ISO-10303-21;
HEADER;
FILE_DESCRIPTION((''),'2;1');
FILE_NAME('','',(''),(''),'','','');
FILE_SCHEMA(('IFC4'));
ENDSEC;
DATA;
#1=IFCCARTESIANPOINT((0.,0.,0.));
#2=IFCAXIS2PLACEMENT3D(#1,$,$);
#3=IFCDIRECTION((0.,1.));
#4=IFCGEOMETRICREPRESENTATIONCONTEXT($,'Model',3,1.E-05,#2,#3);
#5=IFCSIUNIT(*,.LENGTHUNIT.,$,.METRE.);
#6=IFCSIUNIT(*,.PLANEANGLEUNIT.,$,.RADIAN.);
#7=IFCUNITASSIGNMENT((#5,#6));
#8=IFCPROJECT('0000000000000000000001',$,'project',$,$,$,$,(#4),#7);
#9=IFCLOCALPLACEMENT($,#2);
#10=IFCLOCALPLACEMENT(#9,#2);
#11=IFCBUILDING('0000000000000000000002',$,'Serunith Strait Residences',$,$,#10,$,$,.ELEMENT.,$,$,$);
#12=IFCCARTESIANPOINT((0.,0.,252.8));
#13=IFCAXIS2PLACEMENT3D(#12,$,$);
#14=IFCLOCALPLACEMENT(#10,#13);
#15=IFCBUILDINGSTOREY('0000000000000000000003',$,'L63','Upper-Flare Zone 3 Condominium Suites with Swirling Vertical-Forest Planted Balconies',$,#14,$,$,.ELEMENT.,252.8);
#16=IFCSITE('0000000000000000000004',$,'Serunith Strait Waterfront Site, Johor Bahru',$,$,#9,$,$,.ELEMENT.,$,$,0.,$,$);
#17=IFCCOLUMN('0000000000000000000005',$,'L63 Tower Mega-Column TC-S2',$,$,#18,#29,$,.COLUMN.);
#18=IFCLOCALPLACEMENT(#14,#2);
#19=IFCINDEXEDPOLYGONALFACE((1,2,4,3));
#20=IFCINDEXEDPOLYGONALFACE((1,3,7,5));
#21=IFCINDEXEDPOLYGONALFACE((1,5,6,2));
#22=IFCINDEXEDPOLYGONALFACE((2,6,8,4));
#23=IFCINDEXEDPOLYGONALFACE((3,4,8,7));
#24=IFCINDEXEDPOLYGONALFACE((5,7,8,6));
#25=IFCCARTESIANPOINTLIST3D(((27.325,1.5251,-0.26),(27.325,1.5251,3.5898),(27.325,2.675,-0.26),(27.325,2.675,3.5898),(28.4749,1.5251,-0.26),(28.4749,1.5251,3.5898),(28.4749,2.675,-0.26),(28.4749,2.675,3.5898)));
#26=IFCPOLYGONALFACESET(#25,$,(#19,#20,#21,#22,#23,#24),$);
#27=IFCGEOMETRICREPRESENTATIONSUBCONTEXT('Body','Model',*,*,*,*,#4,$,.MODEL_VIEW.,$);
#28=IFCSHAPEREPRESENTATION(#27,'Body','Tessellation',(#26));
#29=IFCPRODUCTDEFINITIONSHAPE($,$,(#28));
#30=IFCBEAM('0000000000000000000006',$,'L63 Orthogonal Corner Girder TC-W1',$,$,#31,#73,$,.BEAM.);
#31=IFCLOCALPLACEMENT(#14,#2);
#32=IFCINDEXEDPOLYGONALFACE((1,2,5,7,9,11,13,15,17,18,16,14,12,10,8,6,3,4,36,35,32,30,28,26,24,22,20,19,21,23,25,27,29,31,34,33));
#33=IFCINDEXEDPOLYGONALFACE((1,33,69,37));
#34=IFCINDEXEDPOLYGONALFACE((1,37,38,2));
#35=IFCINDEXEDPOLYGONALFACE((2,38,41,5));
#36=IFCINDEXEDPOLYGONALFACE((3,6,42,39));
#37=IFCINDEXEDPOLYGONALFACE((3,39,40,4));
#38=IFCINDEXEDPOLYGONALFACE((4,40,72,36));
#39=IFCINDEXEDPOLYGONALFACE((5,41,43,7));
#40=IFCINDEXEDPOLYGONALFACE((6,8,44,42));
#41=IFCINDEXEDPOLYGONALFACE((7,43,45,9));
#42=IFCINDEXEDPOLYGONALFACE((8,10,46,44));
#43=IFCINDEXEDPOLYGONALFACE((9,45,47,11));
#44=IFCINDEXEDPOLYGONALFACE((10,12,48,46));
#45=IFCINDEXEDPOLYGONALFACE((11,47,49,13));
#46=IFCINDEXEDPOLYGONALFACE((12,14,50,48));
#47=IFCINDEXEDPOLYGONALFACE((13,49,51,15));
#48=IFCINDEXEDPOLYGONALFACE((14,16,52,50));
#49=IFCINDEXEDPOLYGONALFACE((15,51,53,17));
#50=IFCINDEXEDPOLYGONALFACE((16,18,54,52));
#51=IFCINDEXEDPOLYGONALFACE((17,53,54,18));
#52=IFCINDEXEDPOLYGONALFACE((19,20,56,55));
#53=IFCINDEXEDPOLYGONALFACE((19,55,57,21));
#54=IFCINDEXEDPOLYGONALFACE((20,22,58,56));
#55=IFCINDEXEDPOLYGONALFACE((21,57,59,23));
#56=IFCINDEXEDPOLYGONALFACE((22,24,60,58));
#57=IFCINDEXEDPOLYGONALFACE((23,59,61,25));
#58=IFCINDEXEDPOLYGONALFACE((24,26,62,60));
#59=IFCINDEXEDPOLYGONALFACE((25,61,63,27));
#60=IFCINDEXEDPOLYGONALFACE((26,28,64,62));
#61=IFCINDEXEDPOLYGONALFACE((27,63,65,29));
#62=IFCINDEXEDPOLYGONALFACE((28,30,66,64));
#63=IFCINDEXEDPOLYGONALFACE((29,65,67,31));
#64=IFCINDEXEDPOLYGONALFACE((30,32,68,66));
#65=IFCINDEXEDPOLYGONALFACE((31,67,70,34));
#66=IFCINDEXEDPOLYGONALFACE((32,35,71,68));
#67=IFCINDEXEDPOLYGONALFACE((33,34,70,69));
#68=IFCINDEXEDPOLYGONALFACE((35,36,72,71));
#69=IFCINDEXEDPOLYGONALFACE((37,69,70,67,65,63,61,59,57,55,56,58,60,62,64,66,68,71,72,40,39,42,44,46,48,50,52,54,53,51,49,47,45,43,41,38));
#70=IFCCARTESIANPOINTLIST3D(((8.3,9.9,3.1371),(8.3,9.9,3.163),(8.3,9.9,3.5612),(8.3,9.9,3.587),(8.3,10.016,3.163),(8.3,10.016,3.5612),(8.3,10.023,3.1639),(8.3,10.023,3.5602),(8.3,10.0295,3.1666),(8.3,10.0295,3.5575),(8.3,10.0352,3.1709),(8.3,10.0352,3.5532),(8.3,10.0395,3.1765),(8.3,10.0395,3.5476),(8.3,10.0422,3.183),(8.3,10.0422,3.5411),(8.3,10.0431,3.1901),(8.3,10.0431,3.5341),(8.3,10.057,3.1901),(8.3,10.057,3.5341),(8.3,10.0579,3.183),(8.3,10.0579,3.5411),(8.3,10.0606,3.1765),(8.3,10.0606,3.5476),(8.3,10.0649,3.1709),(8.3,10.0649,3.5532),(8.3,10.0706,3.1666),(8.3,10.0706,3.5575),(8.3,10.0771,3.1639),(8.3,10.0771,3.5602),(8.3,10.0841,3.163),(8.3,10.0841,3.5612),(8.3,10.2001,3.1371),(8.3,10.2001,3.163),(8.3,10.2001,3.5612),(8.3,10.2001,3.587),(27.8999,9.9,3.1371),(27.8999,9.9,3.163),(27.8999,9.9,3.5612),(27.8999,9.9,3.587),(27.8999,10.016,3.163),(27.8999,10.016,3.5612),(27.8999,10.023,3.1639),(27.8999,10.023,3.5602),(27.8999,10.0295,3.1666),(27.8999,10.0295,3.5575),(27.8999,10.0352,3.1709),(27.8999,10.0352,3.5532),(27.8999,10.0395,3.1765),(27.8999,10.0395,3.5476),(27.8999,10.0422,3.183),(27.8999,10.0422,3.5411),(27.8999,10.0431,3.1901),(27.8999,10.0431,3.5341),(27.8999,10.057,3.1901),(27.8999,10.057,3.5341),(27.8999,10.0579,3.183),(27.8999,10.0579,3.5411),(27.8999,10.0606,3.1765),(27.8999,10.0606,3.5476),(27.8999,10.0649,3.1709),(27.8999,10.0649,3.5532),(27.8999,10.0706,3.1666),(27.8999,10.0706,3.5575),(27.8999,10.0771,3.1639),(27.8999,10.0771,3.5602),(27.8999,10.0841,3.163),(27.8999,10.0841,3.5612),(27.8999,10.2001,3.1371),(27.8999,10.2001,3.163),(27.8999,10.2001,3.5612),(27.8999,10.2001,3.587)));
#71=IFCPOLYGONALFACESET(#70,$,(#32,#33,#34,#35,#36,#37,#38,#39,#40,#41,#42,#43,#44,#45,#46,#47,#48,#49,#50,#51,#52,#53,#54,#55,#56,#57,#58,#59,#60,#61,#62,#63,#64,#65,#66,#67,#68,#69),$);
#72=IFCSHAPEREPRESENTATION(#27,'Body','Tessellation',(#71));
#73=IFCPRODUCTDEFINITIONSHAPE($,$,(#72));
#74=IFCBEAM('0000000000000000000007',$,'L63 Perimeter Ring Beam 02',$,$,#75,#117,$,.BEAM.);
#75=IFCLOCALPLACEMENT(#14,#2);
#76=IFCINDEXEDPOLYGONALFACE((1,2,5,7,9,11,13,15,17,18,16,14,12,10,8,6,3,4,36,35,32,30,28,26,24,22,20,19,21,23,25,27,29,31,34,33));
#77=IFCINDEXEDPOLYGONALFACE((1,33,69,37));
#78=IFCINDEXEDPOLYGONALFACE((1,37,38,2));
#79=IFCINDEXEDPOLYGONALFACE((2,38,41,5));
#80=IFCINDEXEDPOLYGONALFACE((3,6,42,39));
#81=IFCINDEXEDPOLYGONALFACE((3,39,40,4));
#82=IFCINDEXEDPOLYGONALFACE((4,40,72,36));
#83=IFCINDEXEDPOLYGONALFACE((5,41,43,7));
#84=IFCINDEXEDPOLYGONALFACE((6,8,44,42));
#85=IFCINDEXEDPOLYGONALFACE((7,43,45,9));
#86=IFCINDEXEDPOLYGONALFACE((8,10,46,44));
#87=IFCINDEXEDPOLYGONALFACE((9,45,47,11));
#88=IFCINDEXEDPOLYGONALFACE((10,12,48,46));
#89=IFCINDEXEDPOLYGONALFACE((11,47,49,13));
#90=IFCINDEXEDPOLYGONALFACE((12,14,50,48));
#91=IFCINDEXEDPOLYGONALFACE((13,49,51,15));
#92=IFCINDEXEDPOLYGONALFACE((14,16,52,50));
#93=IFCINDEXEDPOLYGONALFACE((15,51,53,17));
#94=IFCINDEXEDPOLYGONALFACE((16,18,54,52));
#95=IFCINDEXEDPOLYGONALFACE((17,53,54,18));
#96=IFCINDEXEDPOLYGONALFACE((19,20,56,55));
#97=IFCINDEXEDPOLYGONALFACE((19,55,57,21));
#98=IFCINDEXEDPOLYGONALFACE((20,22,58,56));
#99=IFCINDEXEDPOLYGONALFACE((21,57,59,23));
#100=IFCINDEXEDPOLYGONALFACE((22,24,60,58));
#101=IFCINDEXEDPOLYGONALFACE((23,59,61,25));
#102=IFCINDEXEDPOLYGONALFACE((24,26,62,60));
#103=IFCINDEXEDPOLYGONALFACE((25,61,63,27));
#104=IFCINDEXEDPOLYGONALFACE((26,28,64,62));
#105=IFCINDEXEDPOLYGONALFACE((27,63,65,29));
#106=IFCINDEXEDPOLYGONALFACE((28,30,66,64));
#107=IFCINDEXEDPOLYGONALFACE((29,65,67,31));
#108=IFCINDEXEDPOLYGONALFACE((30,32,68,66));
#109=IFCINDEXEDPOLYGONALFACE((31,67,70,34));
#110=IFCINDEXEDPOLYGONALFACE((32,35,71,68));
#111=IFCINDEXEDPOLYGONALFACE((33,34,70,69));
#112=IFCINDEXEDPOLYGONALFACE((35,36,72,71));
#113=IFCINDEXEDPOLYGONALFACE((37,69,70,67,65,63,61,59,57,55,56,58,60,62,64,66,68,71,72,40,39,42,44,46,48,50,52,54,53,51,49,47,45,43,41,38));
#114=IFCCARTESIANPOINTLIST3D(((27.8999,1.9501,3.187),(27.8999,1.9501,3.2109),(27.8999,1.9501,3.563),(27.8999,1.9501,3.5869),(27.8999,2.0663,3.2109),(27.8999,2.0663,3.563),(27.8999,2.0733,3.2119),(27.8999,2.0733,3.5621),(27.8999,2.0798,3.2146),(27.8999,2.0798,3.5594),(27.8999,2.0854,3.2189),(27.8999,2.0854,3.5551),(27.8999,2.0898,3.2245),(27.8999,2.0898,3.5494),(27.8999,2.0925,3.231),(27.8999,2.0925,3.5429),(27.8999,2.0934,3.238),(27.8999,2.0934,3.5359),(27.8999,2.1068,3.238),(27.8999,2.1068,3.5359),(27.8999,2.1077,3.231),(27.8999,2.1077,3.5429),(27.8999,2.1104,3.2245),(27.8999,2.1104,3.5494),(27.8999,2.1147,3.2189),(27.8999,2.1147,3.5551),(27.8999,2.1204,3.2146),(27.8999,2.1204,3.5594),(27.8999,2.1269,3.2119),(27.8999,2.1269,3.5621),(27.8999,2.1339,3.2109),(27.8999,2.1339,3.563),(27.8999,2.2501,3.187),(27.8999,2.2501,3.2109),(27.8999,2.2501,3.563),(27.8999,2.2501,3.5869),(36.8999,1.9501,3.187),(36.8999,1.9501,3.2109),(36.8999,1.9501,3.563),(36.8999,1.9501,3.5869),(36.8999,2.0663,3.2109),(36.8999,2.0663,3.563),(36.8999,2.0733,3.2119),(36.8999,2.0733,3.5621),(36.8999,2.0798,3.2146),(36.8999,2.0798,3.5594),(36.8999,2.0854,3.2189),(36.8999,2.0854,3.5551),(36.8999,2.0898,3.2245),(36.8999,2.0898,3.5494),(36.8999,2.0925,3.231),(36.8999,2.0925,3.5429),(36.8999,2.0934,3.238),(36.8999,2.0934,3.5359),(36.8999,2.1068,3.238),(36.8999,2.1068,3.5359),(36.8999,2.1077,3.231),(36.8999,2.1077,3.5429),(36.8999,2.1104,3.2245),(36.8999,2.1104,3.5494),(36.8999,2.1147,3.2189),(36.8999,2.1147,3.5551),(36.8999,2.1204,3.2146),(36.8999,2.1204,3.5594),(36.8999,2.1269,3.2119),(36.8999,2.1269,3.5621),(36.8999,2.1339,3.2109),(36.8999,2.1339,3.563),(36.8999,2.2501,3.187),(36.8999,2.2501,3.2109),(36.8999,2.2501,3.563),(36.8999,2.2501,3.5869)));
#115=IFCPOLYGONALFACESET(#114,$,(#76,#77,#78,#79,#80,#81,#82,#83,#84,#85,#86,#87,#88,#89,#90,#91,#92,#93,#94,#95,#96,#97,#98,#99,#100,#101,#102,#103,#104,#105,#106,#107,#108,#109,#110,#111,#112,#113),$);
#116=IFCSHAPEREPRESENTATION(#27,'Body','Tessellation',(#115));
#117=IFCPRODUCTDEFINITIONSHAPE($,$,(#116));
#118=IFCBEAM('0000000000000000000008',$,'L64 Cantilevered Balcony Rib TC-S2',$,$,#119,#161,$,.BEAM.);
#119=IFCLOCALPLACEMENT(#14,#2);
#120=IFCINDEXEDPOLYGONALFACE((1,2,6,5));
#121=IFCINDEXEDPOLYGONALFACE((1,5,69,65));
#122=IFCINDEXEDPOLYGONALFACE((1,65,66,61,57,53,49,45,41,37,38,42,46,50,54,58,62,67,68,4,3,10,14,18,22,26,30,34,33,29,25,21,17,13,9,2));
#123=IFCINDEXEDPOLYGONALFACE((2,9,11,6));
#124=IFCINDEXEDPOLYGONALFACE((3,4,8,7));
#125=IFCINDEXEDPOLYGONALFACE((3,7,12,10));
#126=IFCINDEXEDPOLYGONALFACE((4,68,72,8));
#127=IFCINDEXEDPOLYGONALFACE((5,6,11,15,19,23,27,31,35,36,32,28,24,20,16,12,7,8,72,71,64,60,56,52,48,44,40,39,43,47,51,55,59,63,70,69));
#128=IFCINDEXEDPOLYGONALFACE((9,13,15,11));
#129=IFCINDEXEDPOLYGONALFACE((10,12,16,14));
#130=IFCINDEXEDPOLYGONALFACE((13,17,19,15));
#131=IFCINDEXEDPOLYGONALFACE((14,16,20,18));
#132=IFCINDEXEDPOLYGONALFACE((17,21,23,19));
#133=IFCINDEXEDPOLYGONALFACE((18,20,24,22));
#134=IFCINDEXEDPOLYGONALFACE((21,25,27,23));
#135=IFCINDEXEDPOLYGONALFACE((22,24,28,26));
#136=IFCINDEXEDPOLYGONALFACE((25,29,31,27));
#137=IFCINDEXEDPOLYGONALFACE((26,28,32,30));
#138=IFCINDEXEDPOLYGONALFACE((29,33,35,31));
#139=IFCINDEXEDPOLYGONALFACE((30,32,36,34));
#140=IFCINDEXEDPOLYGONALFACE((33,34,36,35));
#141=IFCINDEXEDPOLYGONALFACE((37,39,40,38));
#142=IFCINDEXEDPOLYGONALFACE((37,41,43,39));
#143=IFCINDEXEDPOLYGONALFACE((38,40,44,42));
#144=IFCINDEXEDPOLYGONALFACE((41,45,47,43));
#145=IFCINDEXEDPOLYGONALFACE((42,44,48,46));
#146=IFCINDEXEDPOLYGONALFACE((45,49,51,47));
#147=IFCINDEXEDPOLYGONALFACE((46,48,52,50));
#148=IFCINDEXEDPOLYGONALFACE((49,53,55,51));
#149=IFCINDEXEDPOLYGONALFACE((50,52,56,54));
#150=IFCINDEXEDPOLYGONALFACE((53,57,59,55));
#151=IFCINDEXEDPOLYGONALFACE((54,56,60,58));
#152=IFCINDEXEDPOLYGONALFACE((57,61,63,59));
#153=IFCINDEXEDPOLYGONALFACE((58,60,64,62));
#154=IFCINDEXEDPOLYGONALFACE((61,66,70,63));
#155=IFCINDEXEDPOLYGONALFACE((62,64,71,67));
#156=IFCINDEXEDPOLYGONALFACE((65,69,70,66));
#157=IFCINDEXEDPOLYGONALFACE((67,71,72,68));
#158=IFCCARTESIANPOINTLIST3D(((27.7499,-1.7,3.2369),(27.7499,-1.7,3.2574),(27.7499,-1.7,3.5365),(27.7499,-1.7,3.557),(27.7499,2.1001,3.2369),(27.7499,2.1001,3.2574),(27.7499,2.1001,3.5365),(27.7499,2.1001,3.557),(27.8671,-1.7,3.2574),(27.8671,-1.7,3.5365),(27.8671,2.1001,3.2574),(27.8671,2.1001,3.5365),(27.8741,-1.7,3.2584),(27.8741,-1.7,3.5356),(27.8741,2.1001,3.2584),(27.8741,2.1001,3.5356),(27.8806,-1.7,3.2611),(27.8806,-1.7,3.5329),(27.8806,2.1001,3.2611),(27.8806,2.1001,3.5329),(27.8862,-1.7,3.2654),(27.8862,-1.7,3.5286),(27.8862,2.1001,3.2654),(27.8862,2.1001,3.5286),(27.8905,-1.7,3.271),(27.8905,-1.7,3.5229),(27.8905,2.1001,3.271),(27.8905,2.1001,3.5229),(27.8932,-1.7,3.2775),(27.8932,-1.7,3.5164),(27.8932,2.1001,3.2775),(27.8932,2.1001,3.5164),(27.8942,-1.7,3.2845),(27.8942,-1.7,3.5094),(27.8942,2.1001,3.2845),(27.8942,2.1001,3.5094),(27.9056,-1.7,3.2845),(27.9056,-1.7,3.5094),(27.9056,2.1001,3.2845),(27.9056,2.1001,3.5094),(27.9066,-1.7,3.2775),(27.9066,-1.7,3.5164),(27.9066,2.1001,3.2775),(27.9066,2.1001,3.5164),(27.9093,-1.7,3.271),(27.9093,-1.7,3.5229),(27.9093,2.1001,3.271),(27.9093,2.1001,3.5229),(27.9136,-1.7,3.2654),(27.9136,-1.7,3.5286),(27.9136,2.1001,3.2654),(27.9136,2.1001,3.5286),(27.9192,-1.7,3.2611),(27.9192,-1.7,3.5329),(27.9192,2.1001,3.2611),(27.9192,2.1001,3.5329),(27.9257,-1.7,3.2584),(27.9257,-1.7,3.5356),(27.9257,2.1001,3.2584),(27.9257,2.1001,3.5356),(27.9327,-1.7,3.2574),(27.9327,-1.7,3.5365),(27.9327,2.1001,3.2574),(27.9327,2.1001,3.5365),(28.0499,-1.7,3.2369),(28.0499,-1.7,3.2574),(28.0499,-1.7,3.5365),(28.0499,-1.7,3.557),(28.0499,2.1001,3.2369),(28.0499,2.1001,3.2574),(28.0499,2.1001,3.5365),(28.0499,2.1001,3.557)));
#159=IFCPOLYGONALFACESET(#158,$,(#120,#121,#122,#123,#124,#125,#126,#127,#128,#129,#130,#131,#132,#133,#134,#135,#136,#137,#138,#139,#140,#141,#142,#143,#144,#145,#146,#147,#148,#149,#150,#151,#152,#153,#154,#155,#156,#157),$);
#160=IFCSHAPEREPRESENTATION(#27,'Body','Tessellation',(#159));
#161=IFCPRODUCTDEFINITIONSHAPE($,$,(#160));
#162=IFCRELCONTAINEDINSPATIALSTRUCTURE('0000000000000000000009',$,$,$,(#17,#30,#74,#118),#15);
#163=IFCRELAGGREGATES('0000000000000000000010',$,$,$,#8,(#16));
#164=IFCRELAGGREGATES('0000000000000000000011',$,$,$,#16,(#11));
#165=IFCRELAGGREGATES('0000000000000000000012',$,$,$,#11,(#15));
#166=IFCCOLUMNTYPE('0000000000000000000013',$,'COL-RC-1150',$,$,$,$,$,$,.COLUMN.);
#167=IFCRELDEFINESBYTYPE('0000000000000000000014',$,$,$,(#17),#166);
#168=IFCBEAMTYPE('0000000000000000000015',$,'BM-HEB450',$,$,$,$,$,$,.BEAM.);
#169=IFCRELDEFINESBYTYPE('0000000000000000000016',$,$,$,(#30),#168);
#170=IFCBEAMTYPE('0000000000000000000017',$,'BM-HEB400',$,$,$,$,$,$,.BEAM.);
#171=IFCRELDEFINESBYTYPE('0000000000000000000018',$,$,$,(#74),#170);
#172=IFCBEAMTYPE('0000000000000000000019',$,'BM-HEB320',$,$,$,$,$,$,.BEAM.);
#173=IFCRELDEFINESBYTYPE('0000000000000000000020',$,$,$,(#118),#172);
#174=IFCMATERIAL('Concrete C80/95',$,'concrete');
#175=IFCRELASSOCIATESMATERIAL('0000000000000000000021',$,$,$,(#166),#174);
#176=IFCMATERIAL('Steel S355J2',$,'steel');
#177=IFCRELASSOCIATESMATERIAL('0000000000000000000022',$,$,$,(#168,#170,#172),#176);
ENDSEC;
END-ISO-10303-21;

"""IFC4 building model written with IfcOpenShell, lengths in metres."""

from ifc_helpers import new_model, si_unit, direction, frame, origin, origin_2d, place, context, subcontext, project, spatial, rectangle, i_section, extrude, source, transform, mapped, material, material_profile, profile_set, type_object, element, save


model = new_model("IFC4")

# Units and contexts
model_context = context("Model", 3, precision=1e-05, world=origin(), true_north=direction((0.0, 1.0)))
body_context = subcontext(model_context, "Body", "Model", "MODEL_VIEW")
ifc_project = project(units=[si_unit("LENGTHUNIT", "METRE"), si_unit("PLANEANGLEUNIT", "RADIAN")], contexts=[model_context])

# Site, building, storey
site_placement = place(None, origin())
site = spatial("IfcSite", under=ifc_project, at=site_placement, Name="Serunith Strait Waterfront Site, Johor Bahru", CompositionType="ELEMENT", RefElevation=0.0)
building_placement = place(site_placement, origin())
building = spatial("IfcBuilding", under=site, at=building_placement, Name="Serunith Strait Residences", CompositionType="ELEMENT")
storey_placement = place(building_placement, frame((0.0, 0.0, 252.8)))
storey = spatial("IfcBuildingStorey", under=building, at=storey_placement, Name="L63", Description="Upper-Flare Zone 3 Condominium Suites with Swirling Vertical-Forest Planted Balconies", CompositionType="ELEMENT", Elevation=252.8)

# Column
ifc_material_1 = material(Name="Concrete C80/95", Category="concrete")
ifc_material_profile_1 = material_profile(ifc_material_1, rectangle(XDim=1.1499, YDim=1.1499, at=origin_2d()), Name="RC 1150x1150")
ifc_profile_set_1 = profile_set([ifc_material_profile_1], Name="Concrete C80/95")
column_type = type_object("IfcColumnType", Name="COL-RC-1150", PredefinedType="COLUMN", material=ifc_profile_set_1)
shared_shape_1 = source(origin(), body_context, "Body", "SweptSolid", [
    extrude(rectangle(XDim=1.1499, YDim=1.1499, at=origin_2d()), origin(), (0.0, 0.0, 1.0), 3.8499),
])
column_placement = place(storey_placement, frame((27.8999, 2.1001, -0.26), z_axis=(0.0, 0.0, 1.0), x_axis=(1.0, 0.0, 0.0)))
element("IfcColumn", 1, at=column_placement, inside=storey, type_object=column_type, Name="L63 Tower Mega-Column TC-S2", PredefinedType="COLUMN", context=body_context, shape_type="MappedRepresentation", body=[
    mapped(shared_shape_1, transform((0.0, 0.0, 0.0), scale=1.0)),
])

# Beams
ifc_material_2 = material(Name="Steel S355J2", Category="steel")
ifc_material_profile_2 = material_profile(ifc_material_2, i_section(OverallWidth=0.3, OverallDepth=0.45, WebThickness=0.0139, FlangeThickness=0.0259, FilletRadius=0.0271, at=origin_2d()), Name="HEB 450")
ifc_profile_set_2 = profile_set([ifc_material_profile_2], Name="Steel S355J2")
beam_type_1 = type_object("IfcBeamType", Name="BM-HEB450", PredefinedType="BEAM", material=ifc_profile_set_2)
shared_shape_2 = source(origin(), body_context, "Body", "SweptSolid", [
    extrude(i_section(OverallWidth=0.3, OverallDepth=0.45, WebThickness=0.0139, FlangeThickness=0.0259, FilletRadius=0.0271, at=origin_2d()), origin(), (0.0, 0.0, 1.0), 19.5999),
])
beam_1_placement = place(storey_placement, frame((27.8999, 10.05, 3.3621), z_axis=(-1.0, 0.0, 0.0), x_axis=(0.0, -1.0, 0.0)))
element("IfcBeam", 2, at=beam_1_placement, inside=storey, type_object=beam_type_1, Name="L63 Orthogonal Corner Girder TC-W1", PredefinedType="BEAM", context=body_context, shape_type="MappedRepresentation", body=[
    mapped(shared_shape_2, transform((0.0, 0.0, 0.0), scale=1.0)),
])
ifc_material_profile_3 = material_profile(ifc_material_2, i_section(OverallWidth=0.3, OverallDepth=0.3999, WebThickness=0.0134, FlangeThickness=0.0239, FilletRadius=0.0271, at=origin_2d()), Name="HEB 400")
ifc_profile_set_3 = profile_set([ifc_material_profile_3], Name="Steel S355J2")
beam_type_2 = type_object("IfcBeamType", Name="BM-HEB400", PredefinedType="BEAM", material=ifc_profile_set_3)
shared_shape_3 = source(origin(), body_context, "Body", "SweptSolid", [
    extrude(i_section(OverallWidth=0.3, OverallDepth=0.3999, WebThickness=0.0134, FlangeThickness=0.0239, FilletRadius=0.0271, at=origin_2d()), origin(), (0.0, 0.0, 1.0), 9.0),
])
beam_2_placement = place(storey_placement, frame((27.8999, 2.1001, 3.387), z_axis=(1.0, 0.0, 0.0), x_axis=(0.0, 1.0, 0.0)))
element("IfcBeam", 3, at=beam_2_placement, inside=storey, type_object=beam_type_2, Name="L63 Perimeter Ring Beam 02", PredefinedType="BEAM", context=body_context, shape_type="MappedRepresentation", body=[
    mapped(shared_shape_3, transform((0.0, 0.0, 0.0), scale=1.0)),
])
ifc_material_profile_4 = material_profile(ifc_material_2, i_section(OverallWidth=0.3, OverallDepth=0.3201, WebThickness=0.0115, FlangeThickness=0.0205, FilletRadius=0.0271, at=origin_2d()), Name="HEB 320")
ifc_profile_set_4 = profile_set([ifc_material_profile_4], Name="Steel S355J2")
beam_type_3 = type_object("IfcBeamType", Name="BM-HEB320", PredefinedType="BEAM", material=ifc_profile_set_4)
shared_shape_4 = source(origin(), body_context, "Body", "SweptSolid", [
    extrude(i_section(OverallWidth=0.3, OverallDepth=0.3201, WebThickness=0.0115, FlangeThickness=0.0205, FilletRadius=0.0271, at=origin_2d()), origin(), (0.0, 0.0, 1.0), 3.8),
])
beam_3_placement = place(storey_placement, frame((27.8999, 2.1001, 3.397), z_axis=(0.0, -1.0, 0.0), x_axis=(1.0, 0.0, 0.0)))
element("IfcBeam", 4, at=beam_3_placement, inside=storey, type_object=beam_type_3, Name="L64 Cantilevered Balcony Rib TC-S2", PredefinedType="BEAM", context=body_context, shape_type="MappedRepresentation", body=[
    mapped(shared_shape_4, transform((0.0, 0.0, 0.0), scale=1.0)),
])

save(model, "model.ifc")
